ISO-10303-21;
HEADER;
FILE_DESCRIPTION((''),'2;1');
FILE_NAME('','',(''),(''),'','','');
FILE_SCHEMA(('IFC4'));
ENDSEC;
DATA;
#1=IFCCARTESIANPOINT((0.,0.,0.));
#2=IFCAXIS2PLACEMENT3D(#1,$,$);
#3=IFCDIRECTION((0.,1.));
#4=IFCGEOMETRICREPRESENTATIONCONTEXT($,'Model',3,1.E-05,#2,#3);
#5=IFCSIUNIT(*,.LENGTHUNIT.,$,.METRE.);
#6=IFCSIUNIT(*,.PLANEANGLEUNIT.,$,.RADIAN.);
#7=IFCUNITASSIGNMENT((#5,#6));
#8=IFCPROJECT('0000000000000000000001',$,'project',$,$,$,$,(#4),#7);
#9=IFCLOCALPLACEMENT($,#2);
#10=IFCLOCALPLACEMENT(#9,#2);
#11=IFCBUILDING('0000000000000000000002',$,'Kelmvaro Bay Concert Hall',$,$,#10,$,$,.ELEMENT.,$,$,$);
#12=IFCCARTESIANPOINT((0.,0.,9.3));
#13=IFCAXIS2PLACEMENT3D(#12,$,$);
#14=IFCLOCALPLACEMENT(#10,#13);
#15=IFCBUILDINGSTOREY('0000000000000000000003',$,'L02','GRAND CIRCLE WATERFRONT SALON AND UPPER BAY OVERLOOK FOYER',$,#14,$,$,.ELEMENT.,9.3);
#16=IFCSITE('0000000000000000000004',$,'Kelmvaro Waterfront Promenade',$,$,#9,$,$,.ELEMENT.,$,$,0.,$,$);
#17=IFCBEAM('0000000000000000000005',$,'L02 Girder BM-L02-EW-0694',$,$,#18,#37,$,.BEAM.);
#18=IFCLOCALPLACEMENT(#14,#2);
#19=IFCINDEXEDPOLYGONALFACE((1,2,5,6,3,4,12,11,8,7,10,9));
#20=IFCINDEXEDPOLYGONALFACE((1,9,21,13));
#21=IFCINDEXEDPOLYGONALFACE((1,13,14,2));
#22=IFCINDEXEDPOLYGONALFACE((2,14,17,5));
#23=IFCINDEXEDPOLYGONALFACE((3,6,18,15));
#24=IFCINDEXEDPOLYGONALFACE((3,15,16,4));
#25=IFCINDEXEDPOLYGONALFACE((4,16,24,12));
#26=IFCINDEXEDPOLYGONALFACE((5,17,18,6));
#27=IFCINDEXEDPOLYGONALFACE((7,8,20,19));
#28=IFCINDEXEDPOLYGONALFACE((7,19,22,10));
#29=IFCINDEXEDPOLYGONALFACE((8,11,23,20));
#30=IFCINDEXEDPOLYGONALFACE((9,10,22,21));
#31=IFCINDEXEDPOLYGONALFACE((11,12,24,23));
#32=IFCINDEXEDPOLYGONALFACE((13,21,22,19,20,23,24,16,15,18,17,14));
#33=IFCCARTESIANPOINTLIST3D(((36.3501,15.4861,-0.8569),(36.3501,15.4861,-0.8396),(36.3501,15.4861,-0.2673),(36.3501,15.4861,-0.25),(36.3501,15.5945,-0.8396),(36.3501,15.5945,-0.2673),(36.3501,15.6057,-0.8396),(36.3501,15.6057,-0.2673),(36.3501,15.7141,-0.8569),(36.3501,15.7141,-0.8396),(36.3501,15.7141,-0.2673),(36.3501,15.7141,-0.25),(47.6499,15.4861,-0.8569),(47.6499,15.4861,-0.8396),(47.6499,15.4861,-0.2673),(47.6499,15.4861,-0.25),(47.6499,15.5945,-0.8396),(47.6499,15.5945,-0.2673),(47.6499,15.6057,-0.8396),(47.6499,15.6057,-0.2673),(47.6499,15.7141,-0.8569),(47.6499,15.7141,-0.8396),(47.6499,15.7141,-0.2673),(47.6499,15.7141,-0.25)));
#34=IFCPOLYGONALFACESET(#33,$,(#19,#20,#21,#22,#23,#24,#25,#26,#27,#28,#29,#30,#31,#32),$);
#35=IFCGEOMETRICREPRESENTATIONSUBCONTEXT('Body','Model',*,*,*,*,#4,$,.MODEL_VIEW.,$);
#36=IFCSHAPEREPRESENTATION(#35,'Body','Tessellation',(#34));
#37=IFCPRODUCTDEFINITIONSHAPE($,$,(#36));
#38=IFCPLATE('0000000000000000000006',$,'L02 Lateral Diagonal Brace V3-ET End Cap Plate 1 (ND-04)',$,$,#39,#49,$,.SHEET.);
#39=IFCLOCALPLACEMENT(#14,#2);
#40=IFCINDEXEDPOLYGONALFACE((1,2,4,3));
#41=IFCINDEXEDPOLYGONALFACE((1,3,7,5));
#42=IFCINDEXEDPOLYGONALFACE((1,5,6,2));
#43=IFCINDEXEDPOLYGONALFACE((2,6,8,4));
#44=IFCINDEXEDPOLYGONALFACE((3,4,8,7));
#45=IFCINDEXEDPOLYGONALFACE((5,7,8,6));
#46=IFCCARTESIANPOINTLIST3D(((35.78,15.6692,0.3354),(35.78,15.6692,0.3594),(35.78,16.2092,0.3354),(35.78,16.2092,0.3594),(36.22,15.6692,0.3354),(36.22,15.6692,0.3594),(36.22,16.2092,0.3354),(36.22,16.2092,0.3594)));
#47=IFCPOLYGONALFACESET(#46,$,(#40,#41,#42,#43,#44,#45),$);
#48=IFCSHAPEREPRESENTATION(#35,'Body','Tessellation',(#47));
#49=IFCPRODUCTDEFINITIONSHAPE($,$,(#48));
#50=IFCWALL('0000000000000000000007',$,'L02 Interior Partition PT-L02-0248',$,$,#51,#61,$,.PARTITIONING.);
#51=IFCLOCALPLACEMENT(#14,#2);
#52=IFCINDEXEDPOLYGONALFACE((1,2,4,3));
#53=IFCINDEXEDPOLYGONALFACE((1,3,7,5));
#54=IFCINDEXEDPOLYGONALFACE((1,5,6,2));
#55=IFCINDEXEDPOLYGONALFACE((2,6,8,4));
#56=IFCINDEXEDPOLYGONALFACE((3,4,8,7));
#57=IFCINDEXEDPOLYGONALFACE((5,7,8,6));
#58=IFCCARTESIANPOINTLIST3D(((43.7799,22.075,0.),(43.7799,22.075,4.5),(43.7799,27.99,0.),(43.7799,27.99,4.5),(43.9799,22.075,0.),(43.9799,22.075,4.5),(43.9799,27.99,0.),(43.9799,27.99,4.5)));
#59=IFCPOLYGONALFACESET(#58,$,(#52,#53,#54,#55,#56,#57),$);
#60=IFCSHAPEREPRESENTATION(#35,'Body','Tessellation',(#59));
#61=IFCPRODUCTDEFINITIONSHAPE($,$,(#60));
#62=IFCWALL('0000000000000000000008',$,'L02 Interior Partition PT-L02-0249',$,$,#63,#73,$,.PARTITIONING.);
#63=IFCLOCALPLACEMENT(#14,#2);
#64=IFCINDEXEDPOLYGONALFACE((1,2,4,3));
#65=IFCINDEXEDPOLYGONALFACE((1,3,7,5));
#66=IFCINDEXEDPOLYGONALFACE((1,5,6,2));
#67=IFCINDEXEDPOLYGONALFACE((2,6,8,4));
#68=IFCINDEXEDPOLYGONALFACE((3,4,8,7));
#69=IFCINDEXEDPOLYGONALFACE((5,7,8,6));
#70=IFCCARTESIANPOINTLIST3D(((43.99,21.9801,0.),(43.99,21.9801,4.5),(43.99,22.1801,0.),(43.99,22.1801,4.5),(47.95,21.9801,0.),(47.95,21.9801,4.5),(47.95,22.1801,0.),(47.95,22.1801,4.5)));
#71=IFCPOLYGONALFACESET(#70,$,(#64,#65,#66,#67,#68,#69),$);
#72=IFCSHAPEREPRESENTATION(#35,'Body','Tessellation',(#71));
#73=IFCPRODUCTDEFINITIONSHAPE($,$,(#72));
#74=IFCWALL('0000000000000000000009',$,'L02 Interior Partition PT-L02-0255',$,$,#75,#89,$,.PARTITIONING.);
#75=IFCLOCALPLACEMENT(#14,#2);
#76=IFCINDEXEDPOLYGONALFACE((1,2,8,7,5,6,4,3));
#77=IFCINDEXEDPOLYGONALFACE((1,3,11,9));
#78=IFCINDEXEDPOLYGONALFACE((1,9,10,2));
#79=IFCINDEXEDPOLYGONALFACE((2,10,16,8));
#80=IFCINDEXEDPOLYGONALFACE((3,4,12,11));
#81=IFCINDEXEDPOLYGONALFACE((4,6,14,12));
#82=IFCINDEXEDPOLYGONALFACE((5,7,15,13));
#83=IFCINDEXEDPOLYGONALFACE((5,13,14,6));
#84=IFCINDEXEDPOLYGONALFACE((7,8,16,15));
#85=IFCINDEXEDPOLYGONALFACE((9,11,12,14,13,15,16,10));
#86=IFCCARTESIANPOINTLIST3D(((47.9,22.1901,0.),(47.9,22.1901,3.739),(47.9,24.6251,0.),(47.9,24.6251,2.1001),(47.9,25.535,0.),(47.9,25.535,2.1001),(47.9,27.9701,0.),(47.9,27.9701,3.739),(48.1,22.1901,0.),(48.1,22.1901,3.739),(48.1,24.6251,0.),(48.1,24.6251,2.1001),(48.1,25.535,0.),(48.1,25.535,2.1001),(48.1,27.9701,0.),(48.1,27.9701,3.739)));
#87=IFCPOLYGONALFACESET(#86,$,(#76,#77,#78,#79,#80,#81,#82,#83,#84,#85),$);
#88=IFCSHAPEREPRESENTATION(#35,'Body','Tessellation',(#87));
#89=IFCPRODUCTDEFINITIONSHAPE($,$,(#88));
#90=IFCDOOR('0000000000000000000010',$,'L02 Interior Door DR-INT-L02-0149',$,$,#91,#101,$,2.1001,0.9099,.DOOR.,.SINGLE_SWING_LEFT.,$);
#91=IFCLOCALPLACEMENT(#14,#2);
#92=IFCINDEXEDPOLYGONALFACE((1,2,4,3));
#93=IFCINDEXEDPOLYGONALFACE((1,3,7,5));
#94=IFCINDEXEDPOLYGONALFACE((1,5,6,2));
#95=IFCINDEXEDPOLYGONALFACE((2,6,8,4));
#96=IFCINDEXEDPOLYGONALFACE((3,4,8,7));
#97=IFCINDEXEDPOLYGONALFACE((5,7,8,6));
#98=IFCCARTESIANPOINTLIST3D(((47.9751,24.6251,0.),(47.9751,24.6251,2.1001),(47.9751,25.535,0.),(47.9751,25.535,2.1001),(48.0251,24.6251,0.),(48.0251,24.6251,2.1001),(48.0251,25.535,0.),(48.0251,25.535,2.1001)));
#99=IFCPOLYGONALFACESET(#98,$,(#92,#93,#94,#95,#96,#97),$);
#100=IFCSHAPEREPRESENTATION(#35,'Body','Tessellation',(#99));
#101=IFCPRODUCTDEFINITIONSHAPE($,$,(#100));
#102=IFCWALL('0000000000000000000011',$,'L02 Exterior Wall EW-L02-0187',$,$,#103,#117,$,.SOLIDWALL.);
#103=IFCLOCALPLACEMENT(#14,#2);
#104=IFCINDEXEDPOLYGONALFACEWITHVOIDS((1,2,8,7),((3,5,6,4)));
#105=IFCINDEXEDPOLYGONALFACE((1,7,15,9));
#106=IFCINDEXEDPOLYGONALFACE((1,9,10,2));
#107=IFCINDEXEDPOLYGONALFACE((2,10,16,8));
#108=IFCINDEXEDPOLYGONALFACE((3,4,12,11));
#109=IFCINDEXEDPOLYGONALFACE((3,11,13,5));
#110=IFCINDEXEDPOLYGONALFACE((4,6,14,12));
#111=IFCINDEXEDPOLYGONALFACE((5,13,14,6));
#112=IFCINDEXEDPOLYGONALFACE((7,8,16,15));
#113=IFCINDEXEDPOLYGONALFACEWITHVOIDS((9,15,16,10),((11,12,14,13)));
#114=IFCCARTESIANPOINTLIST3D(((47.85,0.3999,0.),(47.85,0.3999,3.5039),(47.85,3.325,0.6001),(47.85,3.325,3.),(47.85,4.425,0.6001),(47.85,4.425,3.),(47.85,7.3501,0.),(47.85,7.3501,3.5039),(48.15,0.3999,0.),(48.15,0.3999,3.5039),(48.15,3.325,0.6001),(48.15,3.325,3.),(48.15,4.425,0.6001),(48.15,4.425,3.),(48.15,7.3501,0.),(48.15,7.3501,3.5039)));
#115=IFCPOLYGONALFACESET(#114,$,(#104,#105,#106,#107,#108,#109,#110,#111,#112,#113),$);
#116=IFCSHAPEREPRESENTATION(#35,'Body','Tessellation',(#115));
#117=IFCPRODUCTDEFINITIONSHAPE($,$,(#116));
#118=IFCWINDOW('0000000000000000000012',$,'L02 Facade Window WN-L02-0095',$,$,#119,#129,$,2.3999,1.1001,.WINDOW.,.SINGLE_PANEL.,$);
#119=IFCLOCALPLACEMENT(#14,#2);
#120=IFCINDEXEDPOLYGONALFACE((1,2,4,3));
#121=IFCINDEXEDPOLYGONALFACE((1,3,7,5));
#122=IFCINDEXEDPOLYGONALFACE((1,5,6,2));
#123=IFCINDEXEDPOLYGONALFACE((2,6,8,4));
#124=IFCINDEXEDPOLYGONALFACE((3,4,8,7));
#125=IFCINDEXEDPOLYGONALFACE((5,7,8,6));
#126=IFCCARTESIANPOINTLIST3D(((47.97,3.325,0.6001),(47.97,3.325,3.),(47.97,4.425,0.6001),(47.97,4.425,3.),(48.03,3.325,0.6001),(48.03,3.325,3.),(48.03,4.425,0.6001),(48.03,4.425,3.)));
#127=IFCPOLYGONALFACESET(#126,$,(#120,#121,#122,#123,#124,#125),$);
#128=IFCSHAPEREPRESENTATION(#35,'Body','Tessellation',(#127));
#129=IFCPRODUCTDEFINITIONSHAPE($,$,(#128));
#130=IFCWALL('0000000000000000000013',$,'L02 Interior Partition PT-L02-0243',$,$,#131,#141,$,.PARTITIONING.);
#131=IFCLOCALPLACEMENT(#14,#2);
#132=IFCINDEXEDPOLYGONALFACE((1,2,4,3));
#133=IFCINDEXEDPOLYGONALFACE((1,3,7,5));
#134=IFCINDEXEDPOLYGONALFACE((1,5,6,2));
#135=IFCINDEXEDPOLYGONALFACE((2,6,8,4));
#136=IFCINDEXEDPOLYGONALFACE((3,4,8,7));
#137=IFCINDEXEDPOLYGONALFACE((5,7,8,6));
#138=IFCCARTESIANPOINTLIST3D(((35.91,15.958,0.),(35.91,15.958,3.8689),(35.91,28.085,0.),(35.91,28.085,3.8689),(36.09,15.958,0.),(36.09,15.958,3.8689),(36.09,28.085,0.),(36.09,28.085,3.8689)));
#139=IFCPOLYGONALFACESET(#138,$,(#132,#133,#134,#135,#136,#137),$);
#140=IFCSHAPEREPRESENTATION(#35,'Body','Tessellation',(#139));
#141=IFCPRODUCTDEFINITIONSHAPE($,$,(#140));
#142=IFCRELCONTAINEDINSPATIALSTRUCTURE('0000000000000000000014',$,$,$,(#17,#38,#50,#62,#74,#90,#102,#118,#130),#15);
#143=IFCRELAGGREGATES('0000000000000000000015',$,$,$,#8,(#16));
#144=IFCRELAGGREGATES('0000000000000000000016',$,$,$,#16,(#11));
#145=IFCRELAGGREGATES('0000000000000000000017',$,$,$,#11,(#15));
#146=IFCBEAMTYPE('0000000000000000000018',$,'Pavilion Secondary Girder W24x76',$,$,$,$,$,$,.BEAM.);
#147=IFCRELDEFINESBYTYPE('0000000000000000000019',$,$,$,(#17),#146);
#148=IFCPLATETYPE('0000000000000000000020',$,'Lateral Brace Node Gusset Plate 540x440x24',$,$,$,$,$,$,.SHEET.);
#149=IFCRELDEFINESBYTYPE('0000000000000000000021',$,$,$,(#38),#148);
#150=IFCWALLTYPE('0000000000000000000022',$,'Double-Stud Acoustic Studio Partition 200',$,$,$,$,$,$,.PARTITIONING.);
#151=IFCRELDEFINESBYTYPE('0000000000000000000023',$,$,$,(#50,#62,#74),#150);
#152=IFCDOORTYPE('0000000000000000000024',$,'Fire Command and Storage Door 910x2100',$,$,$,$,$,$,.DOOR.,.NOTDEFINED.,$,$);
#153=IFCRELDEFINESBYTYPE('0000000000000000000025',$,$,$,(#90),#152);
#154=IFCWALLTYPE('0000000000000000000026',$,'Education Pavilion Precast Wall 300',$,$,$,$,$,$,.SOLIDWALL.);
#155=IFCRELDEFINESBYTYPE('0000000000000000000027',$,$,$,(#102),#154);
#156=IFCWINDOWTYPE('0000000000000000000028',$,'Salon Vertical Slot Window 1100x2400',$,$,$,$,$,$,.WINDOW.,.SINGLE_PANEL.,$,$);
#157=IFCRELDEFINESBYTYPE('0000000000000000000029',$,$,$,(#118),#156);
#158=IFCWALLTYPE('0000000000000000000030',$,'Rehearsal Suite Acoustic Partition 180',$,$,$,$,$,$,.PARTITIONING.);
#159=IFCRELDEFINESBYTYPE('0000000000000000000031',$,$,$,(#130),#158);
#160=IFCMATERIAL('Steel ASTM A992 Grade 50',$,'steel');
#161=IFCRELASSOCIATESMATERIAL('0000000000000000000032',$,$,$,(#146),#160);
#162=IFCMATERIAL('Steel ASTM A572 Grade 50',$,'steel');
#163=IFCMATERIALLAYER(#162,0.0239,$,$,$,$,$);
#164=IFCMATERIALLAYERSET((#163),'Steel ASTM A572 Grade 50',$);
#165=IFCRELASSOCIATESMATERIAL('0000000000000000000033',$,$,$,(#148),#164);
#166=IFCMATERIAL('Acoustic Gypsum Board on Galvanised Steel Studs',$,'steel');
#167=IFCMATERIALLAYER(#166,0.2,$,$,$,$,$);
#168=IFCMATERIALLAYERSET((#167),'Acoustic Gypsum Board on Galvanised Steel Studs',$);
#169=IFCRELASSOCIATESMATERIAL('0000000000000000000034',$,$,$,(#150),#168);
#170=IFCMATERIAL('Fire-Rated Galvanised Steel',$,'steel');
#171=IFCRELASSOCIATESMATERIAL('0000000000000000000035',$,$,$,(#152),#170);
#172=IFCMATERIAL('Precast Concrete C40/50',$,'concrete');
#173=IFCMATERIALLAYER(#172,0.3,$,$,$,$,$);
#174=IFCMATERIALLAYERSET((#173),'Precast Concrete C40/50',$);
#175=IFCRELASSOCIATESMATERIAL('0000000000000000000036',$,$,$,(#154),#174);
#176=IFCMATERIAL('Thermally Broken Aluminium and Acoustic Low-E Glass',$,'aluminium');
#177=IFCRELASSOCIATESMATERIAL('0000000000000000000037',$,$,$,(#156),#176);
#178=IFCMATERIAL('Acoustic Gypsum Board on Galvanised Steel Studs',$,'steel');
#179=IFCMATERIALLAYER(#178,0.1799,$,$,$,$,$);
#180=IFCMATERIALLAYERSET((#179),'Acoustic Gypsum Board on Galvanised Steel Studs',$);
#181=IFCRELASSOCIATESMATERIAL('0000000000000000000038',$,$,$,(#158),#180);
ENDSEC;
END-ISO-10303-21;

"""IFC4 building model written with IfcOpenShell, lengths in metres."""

from ifc_helpers import new_model, si_unit, direction, frame, frame_2d, origin, origin_2d, place, context, subcontext, project, spatial, rectangle, i_section, extrude, material, layer, layer_set, material_profile, profile_set, type_object, element, fill, save


model = new_model("IFC4")

# Units and contexts
model_context = context("Model", 3, precision=1e-05, world=origin(), true_north=direction((0.0, 1.0)))
body_context = subcontext(model_context, "Body", "Model", "MODEL_VIEW")
ifc_project = project(units=[si_unit("LENGTHUNIT", "METRE"), si_unit("PLANEANGLEUNIT", "RADIAN")], contexts=[model_context])

# Site, building, storey
site_placement = place(None, origin())
site = spatial("IfcSite", under=ifc_project, at=site_placement, Name="Kelmvaro Waterfront Promenade", CompositionType="ELEMENT", RefElevation=0.0)
building_placement = place(site_placement, origin())
building = spatial("IfcBuilding", under=site, at=building_placement, Name="Kelmvaro Bay Concert Hall", CompositionType="ELEMENT")
storey_placement = place(building_placement, frame((0.0, 0.0, 9.3)))
storey = spatial("IfcBuildingStorey", under=building, at=storey_placement, Name="L02", Description="GRAND CIRCLE WATERFRONT SALON AND UPPER BAY OVERLOOK FOYER", CompositionType="ELEMENT", Elevation=9.3)

# Beam
ifc_material_1 = material(Name="Steel ASTM A992 Grade 50", Category="steel")
ifc_material_profile_1 = material_profile(ifc_material_1, i_section(OverallWidth=0.228, OverallDepth=0.6069, WebThickness=0.0112, FlangeThickness=0.0173, at=origin_2d()), Name="W24X76")
ifc_profile_set_1 = profile_set([ifc_material_profile_1], Name="Steel ASTM A992 Grade 50")
beam_type_1 = type_object("IfcBeamType", Name="Pavilion Secondary Girder W24x76", PredefinedType="BEAM", material=ifc_profile_set_1)
beam_placement = place(storey_placement, frame((36.3501, 15.6001, -0.5535), z_axis=(1.0, 0.0, 0.0), x_axis=(0.0, 1.0, 0.0)))
element("IfcBeam", 1, at=beam_placement, inside=storey, type_object=beam_type_1, Name="L02 Girder BM-L02-EW-0694", PredefinedType="BEAM", context=body_context, shape_type="SweptSolid", body=[
    extrude(i_section(OverallWidth=0.228, OverallDepth=0.6069, WebThickness=0.0112, FlangeThickness=0.0173, at=origin_2d()), origin(), (0.0, 0.0, 1.0), 11.2998),
])

# Plate
ifc_material_2 = material(Name="Steel ASTM A572 Grade 50", Category="steel")
ifc_layer_1 = layer(ifc_material_2, 0.0239)
ifc_layer_set_1 = layer_set([ifc_layer_1], Name="Steel ASTM A572 Grade 50")
plate_type = type_object("IfcPlateType", Name="Lateral Brace Node Gusset Plate 540x440x24", PredefinedType="SHEET", material=ifc_layer_set_1)
plate_placement = place(storey_placement, frame((36.0, 15.9392, 0.3354), z_axis=(0.0, 0.0, 1.0), x_axis=(0.0, 1.0, 0.0)))
element("IfcPlate", 2, at=plate_placement, inside=storey, type_object=plate_type, Name="L02 Lateral Diagonal Brace V3-ET End Cap Plate 1 (ND-04)", PredefinedType="SHEET", context=body_context, shape_type="SweptSolid", body=[
    extrude(rectangle(XDim=0.54, YDim=0.4399, at=origin_2d()), origin(), (0.0, 0.0, 1.0), 0.0239),
])

# Walls
ifc_material_3 = material(Name="Acoustic Gypsum Board on Galvanised Steel Studs", Category="steel")
ifc_layer_2 = layer(ifc_material_3, 0.2)
ifc_layer_set_2 = layer_set([ifc_layer_2], Name="Acoustic Gypsum Board on Galvanised Steel Studs")
wall_type_1 = type_object("IfcWallType", Name="Double-Stud Acoustic Studio Partition 200", PredefinedType="PARTITIONING", material=ifc_layer_set_2)
wall_1_placement = place(storey_placement, frame((43.8799, 22.075, 0.0), z_axis=(0.0, 0.0, 1.0), x_axis=(0.0, 1.0, 0.0)))
element("IfcWall", 3, at=wall_1_placement, inside=storey, type_object=wall_type_1, Name="L02 Interior Partition PT-L02-0248", PredefinedType="PARTITIONING", context=body_context, shape_type="SweptSolid", body=[
    extrude(rectangle(XDim=5.915, YDim=0.2, at=frame_2d((2.9575, 0.0))), origin(), (0.0, 0.0, 1.0), 4.5),
])
wall_2_placement = place(storey_placement, frame((43.99, 22.0801, 0.0), z_axis=(0.0, 0.0, 1.0), x_axis=(1.0, 0.0, 0.0)))
element("IfcWall", 4, at=wall_2_placement, inside=storey, type_object=wall_type_1, Name="L02 Interior Partition PT-L02-0249", PredefinedType="PARTITIONING", context=body_context, shape_type="SweptSolid", body=[
    extrude(rectangle(XDim=3.96, YDim=0.2, at=frame_2d((1.98, 0.0))), origin(), (0.0, 0.0, 1.0), 4.5),
])

# Wall, opening, door
wall_3_placement = place(storey_placement, frame((48.0, 22.1899, 0.0), z_axis=(0.0, 0.0, 1.0), x_axis=(0.0, 1.0, 0.0)))
wall_3 = element("IfcWall", 5, at=wall_3_placement, inside=storey, type_object=wall_type_1, Name="L02 Interior Partition PT-L02-0255", PredefinedType="PARTITIONING", context=body_context, shape_type="SweptSolid", body=[
    extrude(rectangle(XDim=5.78, YDim=0.2, at=frame_2d((2.8901, 0.0))), origin(), (0.0, 0.0, 1.0), 3.739),
])
opening_1_placement = place(wall_3_placement, frame((2.4351, 0.0, 0.0)))
opening_1 = element("IfcOpeningElement", 6, at=opening_1_placement, cuts=wall_3, PredefinedType="OPENING", context=body_context, shape_type="SweptSolid", body=[
    extrude(rectangle(XDim=0.9099, YDim=2.1001, at=frame_2d((0.4551, 1.05))), frame((0.0, 0.1099, 0.0), z_axis=(0.0, -1.0, 0.0), x_axis=(1.0, 0.0, 0.0)), (0.0, 0.0, 1.0), 0.22),
])
ifc_material_4 = material(Name="Fire-Rated Galvanised Steel", Category="steel")
door_type_1 = type_object("IfcDoorType", Name="Fire Command and Storage Door 910x2100", OperationType="NOTDEFINED", PredefinedType="DOOR", material=ifc_material_4)
door_1_placement = place(opening_1_placement, origin())
door_1 = element("IfcDoor", 7, at=door_1_placement, inside=storey, type_object=door_type_1, Name="L02 Interior Door DR-INT-L02-0149", OperationType="SINGLE_SWING_LEFT", OverallHeight=2.1001, OverallWidth=0.9099, PredefinedType="DOOR", context=body_context, shape_type="SweptSolid", body=[
    extrude(rectangle(XDim=0.9099, YDim=2.1001, at=frame_2d((0.4551, 1.05))), frame((0.0, 0.0249, 0.0), z_axis=(0.0, -1.0, 0.0), x_axis=(1.0, 0.0, 0.0)), (0.0, 0.0, 1.0), 0.05),
])
fill(opening_1, door_1)

# Wall, opening, window
ifc_material_5 = material(Name="Precast Concrete C40/50", Category="concrete")
ifc_layer_3 = layer(ifc_material_5, 0.3)
ifc_layer_set_3 = layer_set([ifc_layer_3], Name="Precast Concrete C40/50")
wall_type_2 = type_object("IfcWallType", Name="Education Pavilion Precast Wall 300", PredefinedType="SOLIDWALL", material=ifc_layer_set_3)
wall_4_placement = place(storey_placement, frame((48.0, 7.3501, 0.0), z_axis=(0.0, 0.0, 1.0), x_axis=(0.0, -1.0, 0.0)))
wall_4 = element("IfcWall", 8, at=wall_4_placement, inside=storey, type_object=wall_type_2, Name="L02 Exterior Wall EW-L02-0187", PredefinedType="SOLIDWALL", context=body_context, shape_type="SweptSolid", body=[
    extrude(rectangle(XDim=6.9502, YDim=0.3, at=frame_2d((3.4751, 0.0))), origin(), (0.0, 0.0, 1.0), 3.5039),
])
opening_2_placement = place(wall_4_placement, frame((2.925, 0.0, 0.6001)))
opening_2 = element("IfcOpeningElement", 9, at=opening_2_placement, cuts=wall_4, PredefinedType="OPENING", context=body_context, shape_type="SweptSolid", body=[
    extrude(rectangle(XDim=1.1001, YDim=2.3999, at=frame_2d((0.55, 1.2))), frame((0.0, 0.1599, 0.0), z_axis=(0.0, -1.0, 0.0), x_axis=(1.0, 0.0, 0.0)), (0.0, 0.0, 1.0), 0.3201),
])
ifc_material_6 = material(Name="Thermally Broken Aluminium and Acoustic Low-E Glass", Category="aluminium")
window_type = type_object("IfcWindowType", Name="Salon Vertical Slot Window 1100x2400", PartitioningType="SINGLE_PANEL", PredefinedType="WINDOW", material=ifc_material_6)
window_placement = place(opening_2_placement, origin())
window = element("IfcWindow", 10, at=window_placement, inside=storey, type_object=window_type, Name="L02 Facade Window WN-L02-0095", OverallHeight=2.3999, OverallWidth=1.1001, PartitioningType="SINGLE_PANEL", PredefinedType="WINDOW", context=body_context, shape_type="SweptSolid", body=[
    extrude(rectangle(XDim=1.1001, YDim=2.3999, at=frame_2d((0.55, 1.2))), frame((0.0, 0.03, 0.0), z_axis=(0.0, -1.0, 0.0), x_axis=(1.0, 0.0, 0.0)), (0.0, 0.0, 1.0), 0.0601),
])
fill(opening_2, window)

# Wall
ifc_material_7 = material(Name="Acoustic Gypsum Board on Galvanised Steel Studs", Category="steel")
ifc_layer_4 = layer(ifc_material_7, 0.1799)
ifc_layer_set_4 = layer_set([ifc_layer_4], Name="Acoustic Gypsum Board on Galvanised Steel Studs")
wall_type_3 = type_object("IfcWallType", Name="Rehearsal Suite Acoustic Partition 180", PredefinedType="PARTITIONING", material=ifc_layer_set_4)
wall_5_placement = place(storey_placement, frame((36.0, 15.958, 0.0), z_axis=(0.0, 0.0, 1.0), x_axis=(0.0, 1.0, 0.0)))
element("IfcWall", 11, at=wall_5_placement, inside=storey, type_object=wall_type_3, Name="L02 Interior Partition PT-L02-0243", PredefinedType="PARTITIONING", context=body_context, shape_type="SweptSolid", body=[
    extrude(rectangle(XDim=12.127, YDim=0.1799, at=frame_2d((6.0635, 0.0))), origin(), (0.0, 0.0, 1.0), 3.8689),
])

save(model, "model.ifc")
